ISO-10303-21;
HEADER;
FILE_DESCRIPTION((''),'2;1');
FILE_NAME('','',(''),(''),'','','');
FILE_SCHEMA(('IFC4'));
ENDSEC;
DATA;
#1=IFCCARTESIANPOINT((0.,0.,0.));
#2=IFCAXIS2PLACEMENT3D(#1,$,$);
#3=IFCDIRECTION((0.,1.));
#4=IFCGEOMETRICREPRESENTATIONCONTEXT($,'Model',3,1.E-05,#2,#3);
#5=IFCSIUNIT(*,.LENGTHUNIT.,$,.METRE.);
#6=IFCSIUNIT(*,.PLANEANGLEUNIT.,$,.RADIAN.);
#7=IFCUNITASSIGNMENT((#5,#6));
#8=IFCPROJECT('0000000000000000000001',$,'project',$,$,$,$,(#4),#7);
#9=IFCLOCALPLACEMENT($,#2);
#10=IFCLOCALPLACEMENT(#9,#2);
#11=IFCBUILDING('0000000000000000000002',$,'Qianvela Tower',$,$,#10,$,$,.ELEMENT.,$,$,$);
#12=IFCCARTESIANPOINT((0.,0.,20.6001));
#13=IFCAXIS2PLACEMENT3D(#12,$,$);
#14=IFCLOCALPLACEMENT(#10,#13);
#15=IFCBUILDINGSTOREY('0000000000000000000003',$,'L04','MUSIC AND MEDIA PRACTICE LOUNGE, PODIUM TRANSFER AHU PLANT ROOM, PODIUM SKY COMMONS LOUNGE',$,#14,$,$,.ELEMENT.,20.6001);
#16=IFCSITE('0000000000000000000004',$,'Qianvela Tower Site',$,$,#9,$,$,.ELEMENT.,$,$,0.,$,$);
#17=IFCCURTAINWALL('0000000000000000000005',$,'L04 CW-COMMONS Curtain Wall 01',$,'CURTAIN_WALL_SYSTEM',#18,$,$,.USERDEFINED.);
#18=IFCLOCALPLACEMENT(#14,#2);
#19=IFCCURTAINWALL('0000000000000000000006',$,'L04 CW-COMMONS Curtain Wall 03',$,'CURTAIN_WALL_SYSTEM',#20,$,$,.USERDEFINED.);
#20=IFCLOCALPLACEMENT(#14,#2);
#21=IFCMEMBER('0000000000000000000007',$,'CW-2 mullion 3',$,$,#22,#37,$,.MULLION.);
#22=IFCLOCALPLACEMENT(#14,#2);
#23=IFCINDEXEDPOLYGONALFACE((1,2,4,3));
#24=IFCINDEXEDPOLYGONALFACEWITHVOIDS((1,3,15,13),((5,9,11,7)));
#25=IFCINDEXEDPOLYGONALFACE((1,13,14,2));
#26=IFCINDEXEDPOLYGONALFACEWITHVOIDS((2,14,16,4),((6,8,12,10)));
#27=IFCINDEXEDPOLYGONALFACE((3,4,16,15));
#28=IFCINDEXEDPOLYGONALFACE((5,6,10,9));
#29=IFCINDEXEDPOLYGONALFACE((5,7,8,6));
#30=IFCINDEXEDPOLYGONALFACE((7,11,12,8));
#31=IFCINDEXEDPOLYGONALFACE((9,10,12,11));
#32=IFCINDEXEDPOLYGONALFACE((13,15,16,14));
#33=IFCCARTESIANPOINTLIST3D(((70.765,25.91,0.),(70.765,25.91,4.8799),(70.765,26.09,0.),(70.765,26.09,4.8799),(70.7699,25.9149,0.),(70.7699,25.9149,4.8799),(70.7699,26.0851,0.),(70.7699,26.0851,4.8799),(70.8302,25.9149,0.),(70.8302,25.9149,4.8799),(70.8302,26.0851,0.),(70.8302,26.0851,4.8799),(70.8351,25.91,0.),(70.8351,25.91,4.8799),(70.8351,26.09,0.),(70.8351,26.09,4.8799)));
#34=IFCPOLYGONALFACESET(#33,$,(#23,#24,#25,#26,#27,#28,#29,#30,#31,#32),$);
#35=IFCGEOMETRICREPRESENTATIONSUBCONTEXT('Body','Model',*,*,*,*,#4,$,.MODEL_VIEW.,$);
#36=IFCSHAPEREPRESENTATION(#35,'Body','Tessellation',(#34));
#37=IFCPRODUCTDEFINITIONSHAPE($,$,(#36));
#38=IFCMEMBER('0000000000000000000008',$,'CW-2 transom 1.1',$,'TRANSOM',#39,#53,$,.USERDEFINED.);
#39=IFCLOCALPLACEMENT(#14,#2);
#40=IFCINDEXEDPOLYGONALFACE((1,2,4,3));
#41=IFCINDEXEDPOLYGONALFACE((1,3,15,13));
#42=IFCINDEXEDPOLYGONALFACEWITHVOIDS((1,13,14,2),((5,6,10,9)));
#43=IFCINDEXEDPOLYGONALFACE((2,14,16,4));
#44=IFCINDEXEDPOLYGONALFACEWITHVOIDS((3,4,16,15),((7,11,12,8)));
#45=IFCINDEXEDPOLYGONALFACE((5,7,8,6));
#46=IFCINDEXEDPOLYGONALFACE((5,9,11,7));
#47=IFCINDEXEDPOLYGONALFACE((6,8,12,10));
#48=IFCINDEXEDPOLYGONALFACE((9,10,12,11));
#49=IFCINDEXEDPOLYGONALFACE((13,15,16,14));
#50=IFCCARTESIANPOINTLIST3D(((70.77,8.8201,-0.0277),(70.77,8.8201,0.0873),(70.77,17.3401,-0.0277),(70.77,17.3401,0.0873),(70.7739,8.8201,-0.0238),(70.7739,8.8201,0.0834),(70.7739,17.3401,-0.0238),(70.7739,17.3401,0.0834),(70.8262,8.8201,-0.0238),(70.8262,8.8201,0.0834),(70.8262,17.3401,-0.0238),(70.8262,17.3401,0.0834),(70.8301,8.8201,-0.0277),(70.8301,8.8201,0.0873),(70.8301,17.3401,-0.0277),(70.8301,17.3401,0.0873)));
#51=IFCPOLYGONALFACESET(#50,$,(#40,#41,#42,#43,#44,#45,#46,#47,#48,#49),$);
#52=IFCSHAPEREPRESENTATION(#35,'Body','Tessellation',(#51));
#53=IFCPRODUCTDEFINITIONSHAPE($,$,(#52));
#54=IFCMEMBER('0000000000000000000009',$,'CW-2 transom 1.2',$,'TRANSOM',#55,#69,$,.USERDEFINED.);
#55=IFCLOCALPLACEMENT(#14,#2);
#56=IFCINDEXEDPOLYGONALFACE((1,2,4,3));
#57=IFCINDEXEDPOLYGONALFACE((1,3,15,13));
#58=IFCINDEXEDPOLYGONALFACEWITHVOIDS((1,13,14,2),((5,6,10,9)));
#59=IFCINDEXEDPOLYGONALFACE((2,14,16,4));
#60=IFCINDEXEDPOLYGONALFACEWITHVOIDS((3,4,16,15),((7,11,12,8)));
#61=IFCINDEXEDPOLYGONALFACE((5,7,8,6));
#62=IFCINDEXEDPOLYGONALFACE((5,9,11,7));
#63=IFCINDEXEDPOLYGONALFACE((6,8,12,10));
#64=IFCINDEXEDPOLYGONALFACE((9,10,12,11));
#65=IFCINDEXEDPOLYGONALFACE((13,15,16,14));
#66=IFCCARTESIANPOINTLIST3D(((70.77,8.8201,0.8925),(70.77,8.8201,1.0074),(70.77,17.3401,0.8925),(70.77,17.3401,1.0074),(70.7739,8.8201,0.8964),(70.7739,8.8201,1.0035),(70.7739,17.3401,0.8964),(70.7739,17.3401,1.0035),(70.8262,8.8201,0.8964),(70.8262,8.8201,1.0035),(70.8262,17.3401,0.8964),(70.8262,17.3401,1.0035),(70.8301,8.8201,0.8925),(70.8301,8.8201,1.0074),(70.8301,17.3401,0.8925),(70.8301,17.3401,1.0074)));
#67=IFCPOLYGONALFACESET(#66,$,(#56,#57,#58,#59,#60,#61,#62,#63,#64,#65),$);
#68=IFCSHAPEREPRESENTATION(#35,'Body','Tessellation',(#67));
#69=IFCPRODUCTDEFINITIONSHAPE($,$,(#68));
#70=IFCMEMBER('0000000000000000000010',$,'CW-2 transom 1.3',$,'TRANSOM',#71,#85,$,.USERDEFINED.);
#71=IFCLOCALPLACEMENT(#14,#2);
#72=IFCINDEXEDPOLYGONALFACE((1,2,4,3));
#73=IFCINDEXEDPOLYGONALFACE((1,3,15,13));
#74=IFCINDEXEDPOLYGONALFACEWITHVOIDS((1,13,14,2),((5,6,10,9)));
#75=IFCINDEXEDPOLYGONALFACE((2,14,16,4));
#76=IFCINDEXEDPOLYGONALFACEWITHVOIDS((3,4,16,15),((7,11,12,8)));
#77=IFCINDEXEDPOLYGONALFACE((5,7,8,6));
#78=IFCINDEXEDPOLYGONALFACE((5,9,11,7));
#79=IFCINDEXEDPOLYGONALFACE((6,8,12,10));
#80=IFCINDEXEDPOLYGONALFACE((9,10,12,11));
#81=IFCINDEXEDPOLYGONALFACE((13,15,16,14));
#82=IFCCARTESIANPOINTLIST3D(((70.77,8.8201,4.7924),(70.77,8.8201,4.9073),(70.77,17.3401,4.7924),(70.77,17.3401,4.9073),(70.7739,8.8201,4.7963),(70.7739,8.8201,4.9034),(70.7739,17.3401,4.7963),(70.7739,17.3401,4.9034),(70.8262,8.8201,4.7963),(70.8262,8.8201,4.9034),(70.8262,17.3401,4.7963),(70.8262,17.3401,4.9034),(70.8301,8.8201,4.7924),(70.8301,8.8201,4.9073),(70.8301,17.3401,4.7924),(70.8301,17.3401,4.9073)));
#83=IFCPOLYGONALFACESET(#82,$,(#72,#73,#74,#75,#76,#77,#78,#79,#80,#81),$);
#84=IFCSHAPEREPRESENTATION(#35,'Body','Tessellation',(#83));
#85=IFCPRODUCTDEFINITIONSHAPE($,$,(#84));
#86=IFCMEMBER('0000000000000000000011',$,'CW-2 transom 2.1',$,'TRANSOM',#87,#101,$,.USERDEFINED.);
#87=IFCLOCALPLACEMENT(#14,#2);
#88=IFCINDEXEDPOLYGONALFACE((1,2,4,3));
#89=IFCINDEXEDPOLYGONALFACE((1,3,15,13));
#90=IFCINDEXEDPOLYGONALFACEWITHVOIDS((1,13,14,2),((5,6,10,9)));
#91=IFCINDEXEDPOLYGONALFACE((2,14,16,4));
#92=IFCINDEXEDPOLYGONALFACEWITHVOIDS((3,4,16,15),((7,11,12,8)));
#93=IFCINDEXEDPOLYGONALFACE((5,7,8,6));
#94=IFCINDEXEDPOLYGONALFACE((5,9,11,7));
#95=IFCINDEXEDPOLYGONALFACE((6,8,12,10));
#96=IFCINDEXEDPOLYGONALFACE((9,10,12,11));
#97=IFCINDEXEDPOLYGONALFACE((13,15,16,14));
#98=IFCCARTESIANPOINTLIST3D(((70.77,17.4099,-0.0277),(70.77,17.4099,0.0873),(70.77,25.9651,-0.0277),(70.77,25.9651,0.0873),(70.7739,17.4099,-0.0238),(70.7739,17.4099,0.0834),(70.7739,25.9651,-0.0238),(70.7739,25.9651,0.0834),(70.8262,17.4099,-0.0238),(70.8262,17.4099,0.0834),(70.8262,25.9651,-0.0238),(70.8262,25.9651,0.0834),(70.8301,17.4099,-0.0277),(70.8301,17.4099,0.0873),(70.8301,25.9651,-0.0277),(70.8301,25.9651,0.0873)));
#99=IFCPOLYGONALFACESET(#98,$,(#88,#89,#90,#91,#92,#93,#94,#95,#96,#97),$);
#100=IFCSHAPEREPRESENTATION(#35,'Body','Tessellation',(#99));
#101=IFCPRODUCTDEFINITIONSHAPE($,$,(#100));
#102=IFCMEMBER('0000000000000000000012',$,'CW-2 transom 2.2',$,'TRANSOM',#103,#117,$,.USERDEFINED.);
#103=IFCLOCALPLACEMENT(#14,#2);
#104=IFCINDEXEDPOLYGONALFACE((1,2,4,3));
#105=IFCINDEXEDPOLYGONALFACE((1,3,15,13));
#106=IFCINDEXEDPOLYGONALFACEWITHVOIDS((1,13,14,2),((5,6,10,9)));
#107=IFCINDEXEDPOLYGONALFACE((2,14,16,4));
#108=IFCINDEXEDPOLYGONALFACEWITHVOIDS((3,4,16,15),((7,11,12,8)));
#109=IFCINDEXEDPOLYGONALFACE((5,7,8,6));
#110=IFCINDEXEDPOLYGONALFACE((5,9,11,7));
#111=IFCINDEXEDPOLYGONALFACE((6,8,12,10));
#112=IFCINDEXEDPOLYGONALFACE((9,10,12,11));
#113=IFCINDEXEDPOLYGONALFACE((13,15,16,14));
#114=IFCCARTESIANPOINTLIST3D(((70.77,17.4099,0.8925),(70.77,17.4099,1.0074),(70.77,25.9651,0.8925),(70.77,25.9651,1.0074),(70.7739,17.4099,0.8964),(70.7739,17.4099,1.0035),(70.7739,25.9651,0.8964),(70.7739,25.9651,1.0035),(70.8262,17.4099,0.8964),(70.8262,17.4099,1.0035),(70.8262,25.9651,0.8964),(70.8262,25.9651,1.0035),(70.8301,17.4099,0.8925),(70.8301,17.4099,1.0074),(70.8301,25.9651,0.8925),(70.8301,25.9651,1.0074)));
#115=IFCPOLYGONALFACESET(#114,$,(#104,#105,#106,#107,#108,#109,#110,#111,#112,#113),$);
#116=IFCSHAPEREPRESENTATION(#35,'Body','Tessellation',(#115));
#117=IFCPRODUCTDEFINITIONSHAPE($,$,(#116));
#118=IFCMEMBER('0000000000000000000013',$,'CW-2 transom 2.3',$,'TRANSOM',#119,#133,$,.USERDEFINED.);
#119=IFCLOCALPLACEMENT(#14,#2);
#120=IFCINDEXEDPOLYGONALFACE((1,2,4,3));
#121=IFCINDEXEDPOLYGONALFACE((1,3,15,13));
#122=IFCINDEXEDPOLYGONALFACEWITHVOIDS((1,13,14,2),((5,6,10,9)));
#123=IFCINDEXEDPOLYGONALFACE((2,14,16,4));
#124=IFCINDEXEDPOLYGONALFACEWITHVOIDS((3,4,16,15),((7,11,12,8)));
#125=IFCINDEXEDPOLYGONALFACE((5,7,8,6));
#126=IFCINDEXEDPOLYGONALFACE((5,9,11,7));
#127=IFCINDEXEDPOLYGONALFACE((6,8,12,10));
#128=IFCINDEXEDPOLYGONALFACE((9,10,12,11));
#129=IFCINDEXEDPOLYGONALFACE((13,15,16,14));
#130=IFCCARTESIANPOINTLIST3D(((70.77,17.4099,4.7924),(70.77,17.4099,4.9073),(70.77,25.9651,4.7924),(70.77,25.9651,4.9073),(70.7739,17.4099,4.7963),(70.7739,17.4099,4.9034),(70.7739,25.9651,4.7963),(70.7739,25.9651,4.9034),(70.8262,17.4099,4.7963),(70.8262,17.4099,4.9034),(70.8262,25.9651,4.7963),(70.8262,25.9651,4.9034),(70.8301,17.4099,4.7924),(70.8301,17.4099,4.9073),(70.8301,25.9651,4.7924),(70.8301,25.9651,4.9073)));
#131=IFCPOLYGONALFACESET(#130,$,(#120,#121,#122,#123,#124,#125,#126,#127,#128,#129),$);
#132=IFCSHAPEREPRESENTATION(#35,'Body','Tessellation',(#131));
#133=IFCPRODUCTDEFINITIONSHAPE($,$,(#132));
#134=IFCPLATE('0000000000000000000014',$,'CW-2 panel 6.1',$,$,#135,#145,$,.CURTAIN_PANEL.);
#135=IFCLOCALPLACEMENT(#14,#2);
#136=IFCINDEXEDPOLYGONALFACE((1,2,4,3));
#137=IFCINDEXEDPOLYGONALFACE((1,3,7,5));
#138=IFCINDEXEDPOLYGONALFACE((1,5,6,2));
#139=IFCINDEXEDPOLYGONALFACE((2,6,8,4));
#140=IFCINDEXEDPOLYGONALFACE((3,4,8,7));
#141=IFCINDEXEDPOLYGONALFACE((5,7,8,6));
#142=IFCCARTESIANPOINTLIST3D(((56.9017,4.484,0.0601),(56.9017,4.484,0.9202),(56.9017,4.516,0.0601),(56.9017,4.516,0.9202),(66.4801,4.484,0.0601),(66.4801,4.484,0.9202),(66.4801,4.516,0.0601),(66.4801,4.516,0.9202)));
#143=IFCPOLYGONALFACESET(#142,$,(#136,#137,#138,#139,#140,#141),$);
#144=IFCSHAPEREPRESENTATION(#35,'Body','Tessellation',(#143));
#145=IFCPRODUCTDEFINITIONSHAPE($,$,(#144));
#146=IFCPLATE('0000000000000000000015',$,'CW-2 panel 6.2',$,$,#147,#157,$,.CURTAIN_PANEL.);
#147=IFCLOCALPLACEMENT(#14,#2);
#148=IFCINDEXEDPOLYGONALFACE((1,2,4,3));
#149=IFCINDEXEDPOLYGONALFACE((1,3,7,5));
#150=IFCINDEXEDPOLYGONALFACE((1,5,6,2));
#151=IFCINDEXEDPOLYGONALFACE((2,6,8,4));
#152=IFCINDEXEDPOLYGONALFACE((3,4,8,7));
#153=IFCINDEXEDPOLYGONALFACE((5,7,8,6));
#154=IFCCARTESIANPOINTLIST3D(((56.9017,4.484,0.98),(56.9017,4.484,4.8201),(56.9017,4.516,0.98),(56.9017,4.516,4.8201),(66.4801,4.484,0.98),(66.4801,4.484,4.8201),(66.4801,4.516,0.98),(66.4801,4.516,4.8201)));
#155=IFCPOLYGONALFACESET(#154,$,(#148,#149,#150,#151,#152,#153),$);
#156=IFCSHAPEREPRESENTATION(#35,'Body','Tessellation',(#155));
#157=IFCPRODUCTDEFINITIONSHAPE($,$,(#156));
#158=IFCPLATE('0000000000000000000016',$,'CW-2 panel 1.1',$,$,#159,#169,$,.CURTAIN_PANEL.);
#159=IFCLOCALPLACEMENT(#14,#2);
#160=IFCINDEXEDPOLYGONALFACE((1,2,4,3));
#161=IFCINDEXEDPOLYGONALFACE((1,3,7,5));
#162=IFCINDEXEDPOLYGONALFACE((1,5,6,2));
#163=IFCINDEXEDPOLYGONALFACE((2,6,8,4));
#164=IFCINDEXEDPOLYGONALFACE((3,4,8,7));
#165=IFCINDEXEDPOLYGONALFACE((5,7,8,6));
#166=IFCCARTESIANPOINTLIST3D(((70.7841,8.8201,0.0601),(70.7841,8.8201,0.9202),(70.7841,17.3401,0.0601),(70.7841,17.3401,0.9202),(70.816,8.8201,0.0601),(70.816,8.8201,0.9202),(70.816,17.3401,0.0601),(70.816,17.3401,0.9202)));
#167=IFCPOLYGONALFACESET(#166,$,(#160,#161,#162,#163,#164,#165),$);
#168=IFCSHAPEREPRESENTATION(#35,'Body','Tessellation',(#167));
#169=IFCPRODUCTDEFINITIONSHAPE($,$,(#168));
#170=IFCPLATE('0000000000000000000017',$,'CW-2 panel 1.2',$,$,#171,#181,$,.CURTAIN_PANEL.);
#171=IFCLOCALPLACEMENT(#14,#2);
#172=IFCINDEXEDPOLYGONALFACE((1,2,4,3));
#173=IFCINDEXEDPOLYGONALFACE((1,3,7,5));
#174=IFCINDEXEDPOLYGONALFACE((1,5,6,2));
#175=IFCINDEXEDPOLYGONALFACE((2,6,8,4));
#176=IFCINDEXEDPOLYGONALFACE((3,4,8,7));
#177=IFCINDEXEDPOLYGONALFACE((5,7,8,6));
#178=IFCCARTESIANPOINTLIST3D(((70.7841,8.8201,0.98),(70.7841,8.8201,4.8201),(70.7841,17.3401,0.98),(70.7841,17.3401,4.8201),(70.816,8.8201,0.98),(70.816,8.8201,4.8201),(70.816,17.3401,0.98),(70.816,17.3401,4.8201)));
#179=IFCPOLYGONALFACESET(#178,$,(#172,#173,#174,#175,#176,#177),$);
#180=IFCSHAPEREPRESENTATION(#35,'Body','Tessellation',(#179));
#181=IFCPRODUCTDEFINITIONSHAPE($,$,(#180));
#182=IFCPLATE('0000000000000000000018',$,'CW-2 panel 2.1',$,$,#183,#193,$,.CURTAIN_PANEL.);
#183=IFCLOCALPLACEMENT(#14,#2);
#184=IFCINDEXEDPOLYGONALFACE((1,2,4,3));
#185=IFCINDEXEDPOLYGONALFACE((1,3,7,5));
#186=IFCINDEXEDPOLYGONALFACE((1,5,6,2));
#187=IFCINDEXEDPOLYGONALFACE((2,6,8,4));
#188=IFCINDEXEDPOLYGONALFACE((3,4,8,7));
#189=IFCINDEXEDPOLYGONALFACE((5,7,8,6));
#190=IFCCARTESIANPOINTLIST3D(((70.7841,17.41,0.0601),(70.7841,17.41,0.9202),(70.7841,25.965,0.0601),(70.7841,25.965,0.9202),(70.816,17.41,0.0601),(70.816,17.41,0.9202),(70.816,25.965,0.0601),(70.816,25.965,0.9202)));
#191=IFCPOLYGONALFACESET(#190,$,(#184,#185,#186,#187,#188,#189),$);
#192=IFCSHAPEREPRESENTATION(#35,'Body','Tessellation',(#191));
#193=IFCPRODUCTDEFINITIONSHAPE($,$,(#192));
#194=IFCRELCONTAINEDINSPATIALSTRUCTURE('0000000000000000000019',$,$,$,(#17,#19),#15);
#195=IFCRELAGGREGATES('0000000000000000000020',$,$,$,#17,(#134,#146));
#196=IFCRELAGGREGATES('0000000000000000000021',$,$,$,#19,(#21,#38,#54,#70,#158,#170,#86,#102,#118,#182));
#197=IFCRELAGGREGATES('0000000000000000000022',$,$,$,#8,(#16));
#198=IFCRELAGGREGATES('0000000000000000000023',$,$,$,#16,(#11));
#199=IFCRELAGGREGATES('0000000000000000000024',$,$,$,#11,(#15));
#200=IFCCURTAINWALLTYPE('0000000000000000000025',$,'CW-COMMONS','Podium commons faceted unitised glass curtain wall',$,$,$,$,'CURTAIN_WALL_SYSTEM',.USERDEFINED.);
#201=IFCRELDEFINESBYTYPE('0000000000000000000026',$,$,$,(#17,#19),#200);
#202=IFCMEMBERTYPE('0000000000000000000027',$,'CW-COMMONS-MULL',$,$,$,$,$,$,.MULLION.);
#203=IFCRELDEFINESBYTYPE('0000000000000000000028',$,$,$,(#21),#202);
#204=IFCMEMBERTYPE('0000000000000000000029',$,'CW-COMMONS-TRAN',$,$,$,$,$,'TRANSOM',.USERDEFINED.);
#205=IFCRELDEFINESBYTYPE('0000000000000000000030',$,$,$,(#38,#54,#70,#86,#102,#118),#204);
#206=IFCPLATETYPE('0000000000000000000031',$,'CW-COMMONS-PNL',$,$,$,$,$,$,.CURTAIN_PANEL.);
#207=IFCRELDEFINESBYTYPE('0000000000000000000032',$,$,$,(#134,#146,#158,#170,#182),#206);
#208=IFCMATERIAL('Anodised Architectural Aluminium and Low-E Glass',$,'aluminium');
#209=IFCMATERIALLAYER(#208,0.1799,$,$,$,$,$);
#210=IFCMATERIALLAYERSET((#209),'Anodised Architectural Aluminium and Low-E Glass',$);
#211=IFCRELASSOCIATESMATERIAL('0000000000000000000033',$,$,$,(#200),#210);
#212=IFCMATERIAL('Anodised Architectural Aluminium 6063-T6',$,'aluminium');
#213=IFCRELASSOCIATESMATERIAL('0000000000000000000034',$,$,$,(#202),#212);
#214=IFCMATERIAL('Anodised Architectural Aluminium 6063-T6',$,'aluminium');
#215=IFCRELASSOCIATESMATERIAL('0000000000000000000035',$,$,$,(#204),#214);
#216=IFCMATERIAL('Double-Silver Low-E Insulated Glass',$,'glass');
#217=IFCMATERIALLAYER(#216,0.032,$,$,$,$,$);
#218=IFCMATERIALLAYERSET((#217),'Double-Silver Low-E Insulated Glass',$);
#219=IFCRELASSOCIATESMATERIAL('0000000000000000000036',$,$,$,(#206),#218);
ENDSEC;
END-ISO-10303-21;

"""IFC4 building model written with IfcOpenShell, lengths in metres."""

from ifc_helpers import new_model, si_unit, direction, frame, origin, origin_2d, place, context, subcontext, project, spatial, rectangle, hollow_rectangle, extrude, material, layer, layer_set, material_profile, profile_set, type_object, element, aggregate, save


model = new_model("IFC4")

# Units and contexts
model_context = context("Model", 3, precision=1e-05, world=origin(), true_north=direction((0.0, 1.0)))
body_context = subcontext(model_context, "Body", "Model", "MODEL_VIEW")
ifc_project = project(units=[si_unit("LENGTHUNIT", "METRE"), si_unit("PLANEANGLEUNIT", "RADIAN")], contexts=[model_context])

# Site, building, storey
site_placement = place(None, origin())
site = spatial("IfcSite", under=ifc_project, at=site_placement, Name="Qianvela Tower Site", CompositionType="ELEMENT", RefElevation=0.0)
building_placement = place(site_placement, origin())
building = spatial("IfcBuilding", under=site, at=building_placement, Name="Qianvela Tower", CompositionType="ELEMENT")
storey_placement = place(building_placement, frame((0.0, 0.0, 20.6001)))
storey = spatial("IfcBuildingStorey", under=building, at=storey_placement, Name="L04", Description="MUSIC AND MEDIA PRACTICE LOUNGE, PODIUM TRANSFER AHU PLANT ROOM, PODIUM SKY COMMONS LOUNGE", CompositionType="ELEMENT", Elevation=20.6001)

# Curtain wall
ifc_material_1 = material(Name="Anodised Architectural Aluminium and Low-E Glass", Category="aluminium")
ifc_layer_1 = layer(ifc_material_1, 0.1799)
ifc_layer_set_1 = layer_set([ifc_layer_1], Name="Anodised Architectural Aluminium and Low-E Glass")
curtain_wall_type = type_object("IfcCurtainWallType", Name="CW-COMMONS", Description="Podium commons faceted unitised glass curtain wall", ElementType="CURTAIN_WALL_SYSTEM", PredefinedType="USERDEFINED", material=ifc_layer_set_1)
curtain_wall_1_placement = place(storey_placement, origin())
curtain_wall_1 = element("IfcCurtainWall", 1, at=curtain_wall_1_placement, inside=storey, type_object=curtain_wall_type, Name="L04 CW-COMMONS Curtain Wall 01", ObjectType="CURTAIN_WALL_SYSTEM", PredefinedType="USERDEFINED")
ifc_material_2 = material(Name="Anodised Architectural Aluminium 6063-T6", Category="aluminium")
ifc_material_profile_1 = material_profile(ifc_material_2, hollow_rectangle(XDim=0.0701, YDim=0.1799, WallThickness=0.0049, at=origin_2d()), Name="ALU-MULL-70x180")
ifc_profile_set_1 = profile_set([ifc_material_profile_1], Name="Anodised Architectural Aluminium 6063-T6")
member_type_1 = type_object("IfcMemberType", Name="CW-COMMONS-MULL", PredefinedType="MULLION", material=ifc_profile_set_1)

# Curtain wall, members
curtain_wall_2_placement = place(storey_placement, origin())
curtain_wall_2 = element("IfcCurtainWall", 2, at=curtain_wall_2_placement, inside=storey, type_object=curtain_wall_type, Name="L04 CW-COMMONS Curtain Wall 03", ObjectType="CURTAIN_WALL_SYSTEM", PredefinedType="USERDEFINED")
member_1_placement = place(storey_placement, frame((70.8, 26.0, 0.0), z_axis=(0.0, 0.0, 1.0), x_axis=(-1.0, 0.0, 0.0)))
member_1 = element("IfcMember", 3, at=member_1_placement, type_object=member_type_1, Name="CW-2 mullion 3", PredefinedType="MULLION", context=body_context, shape_type="SweptSolid", body=[
    extrude(hollow_rectangle(XDim=0.0701, YDim=0.1799, WallThickness=0.0049, at=origin_2d()), origin(), (0.0, 0.0, 1.0), 4.8799),
])
ifc_material_3 = material(Name="Anodised Architectural Aluminium 6063-T6", Category="aluminium")
ifc_material_profile_2 = material_profile(ifc_material_3, hollow_rectangle(XDim=0.0601, YDim=0.115, WallThickness=0.0039, at=origin_2d()), Name="ALU-TRAN-60x115")
ifc_profile_set_2 = profile_set([ifc_material_profile_2], Name="Anodised Architectural Aluminium 6063-T6")
member_type_2 = type_object("IfcMemberType", Name="CW-COMMONS-TRAN", ElementType="TRANSOM", PredefinedType="USERDEFINED", material=ifc_profile_set_2)
member_2_placement = place(storey_placement, frame((70.8, 8.8201, 0.0298), z_axis=(0.0, 1.0, 0.0), x_axis=(-1.0, 0.0, 0.0)))
member_2 = element("IfcMember", 4, at=member_2_placement, type_object=member_type_2, Name="CW-2 transom 1.1", ObjectType="TRANSOM", PredefinedType="USERDEFINED", context=body_context, shape_type="SweptSolid", body=[
    extrude(hollow_rectangle(XDim=0.0601, YDim=0.115, WallThickness=0.0039, at=origin_2d()), origin(), (0.0, 0.0, 1.0), 8.52),
])
member_3_placement = place(storey_placement, frame((70.8, 8.8201, 0.95), z_axis=(0.0, 1.0, 0.0), x_axis=(-1.0, 0.0, 0.0)))
member_3 = element("IfcMember", 5, at=member_3_placement, type_object=member_type_2, Name="CW-2 transom 1.2", ObjectType="TRANSOM", PredefinedType="USERDEFINED", context=body_context, shape_type="SweptSolid", body=[
    extrude(hollow_rectangle(XDim=0.0601, YDim=0.115, WallThickness=0.0039, at=origin_2d()), origin(), (0.0, 0.0, 1.0), 8.52),
])
member_4_placement = place(storey_placement, frame((70.8, 8.8201, 4.8499), z_axis=(0.0, 1.0, 0.0), x_axis=(-1.0, 0.0, 0.0)))
member_4 = element("IfcMember", 6, at=member_4_placement, type_object=member_type_2, Name="CW-2 transom 1.3", ObjectType="TRANSOM", PredefinedType="USERDEFINED", context=body_context, shape_type="SweptSolid", body=[
    extrude(hollow_rectangle(XDim=0.0601, YDim=0.115, WallThickness=0.0039, at=origin_2d()), origin(), (0.0, 0.0, 1.0), 8.52),
])
member_5_placement = place(storey_placement, frame((70.8, 17.4099, 0.0298), z_axis=(0.0, 1.0, 0.0), x_axis=(-1.0, 0.0, 0.0)))
member_5 = element("IfcMember", 7, at=member_5_placement, type_object=member_type_2, Name="CW-2 transom 2.1", ObjectType="TRANSOM", PredefinedType="USERDEFINED", context=body_context, shape_type="SweptSolid", body=[
    extrude(hollow_rectangle(XDim=0.0601, YDim=0.115, WallThickness=0.0039, at=origin_2d()), origin(), (0.0, 0.0, 1.0), 8.5552),
])
member_6_placement = place(storey_placement, frame((70.8, 17.4099, 0.95), z_axis=(0.0, 1.0, 0.0), x_axis=(-1.0, 0.0, 0.0)))
member_6 = element("IfcMember", 8, at=member_6_placement, type_object=member_type_2, Name="CW-2 transom 2.2", ObjectType="TRANSOM", PredefinedType="USERDEFINED", context=body_context, shape_type="SweptSolid", body=[
    extrude(hollow_rectangle(XDim=0.0601, YDim=0.115, WallThickness=0.0039, at=origin_2d()), origin(), (0.0, 0.0, 1.0), 8.5552),
])
member_7_placement = place(storey_placement, frame((70.8, 17.4099, 4.8499), z_axis=(0.0, 1.0, 0.0), x_axis=(-1.0, 0.0, 0.0)))
member_7 = element("IfcMember", 9, at=member_7_placement, type_object=member_type_2, Name="CW-2 transom 2.3", ObjectType="TRANSOM", PredefinedType="USERDEFINED", context=body_context, shape_type="SweptSolid", body=[
    extrude(hollow_rectangle(XDim=0.0601, YDim=0.115, WallThickness=0.0039, at=origin_2d()), origin(), (0.0, 0.0, 1.0), 8.5552),
])

# Plates
ifc_material_4 = material(Name="Double-Silver Low-E Insulated Glass", Category="glass")
ifc_layer_2 = layer(ifc_material_4, 0.032)
ifc_layer_set_2 = layer_set([ifc_layer_2], Name="Double-Silver Low-E Insulated Glass")
plate_type = type_object("IfcPlateType", Name="CW-COMMONS-PNL", PredefinedType="CURTAIN_PANEL", material=ifc_layer_set_2)
plate_1_placement = place(storey_placement, frame((61.6909, 4.5, 0.0601), z_axis=(0.0, 0.0, 1.0), x_axis=(1.0, 0.0, 0.0)))
plate_1 = element("IfcPlate", 10, at=plate_1_placement, type_object=plate_type, Name="CW-2 panel 6.1", PredefinedType="CURTAIN_PANEL", context=body_context, shape_type="SweptSolid", body=[
    extrude(rectangle(XDim=9.5784, YDim=0.032, at=origin_2d()), origin(), (0.0, 0.0, 1.0), 0.8601),
])
plate_2_placement = place(storey_placement, frame((61.6909, 4.5, 0.98), z_axis=(0.0, 0.0, 1.0), x_axis=(1.0, 0.0, 0.0)))
plate_2 = element("IfcPlate", 11, at=plate_2_placement, type_object=plate_type, Name="CW-2 panel 6.2", PredefinedType="CURTAIN_PANEL", context=body_context, shape_type="SweptSolid", body=[
    extrude(rectangle(XDim=9.5784, YDim=0.032, at=origin_2d()), origin(), (0.0, 0.0, 1.0), 3.8401),
])
aggregate(curtain_wall_1, [plate_1, plate_2])
plate_3_placement = place(storey_placement, frame((70.8, 13.0801, 0.0601), z_axis=(0.0, 0.0, 1.0), x_axis=(0.0, 1.0, 0.0)))
plate_3 = element("IfcPlate", 12, at=plate_3_placement, type_object=plate_type, Name="CW-2 panel 1.1", PredefinedType="CURTAIN_PANEL", context=body_context, shape_type="SweptSolid", body=[
    extrude(rectangle(XDim=8.52, YDim=0.032, at=origin_2d()), origin(), (0.0, 0.0, 1.0), 0.8601),
])
plate_4_placement = place(storey_placement, frame((70.8, 13.0801, 0.98), z_axis=(0.0, 0.0, 1.0), x_axis=(0.0, 1.0, 0.0)))
plate_4 = element("IfcPlate", 13, at=plate_4_placement, type_object=plate_type, Name="CW-2 panel 1.2", PredefinedType="CURTAIN_PANEL", context=body_context, shape_type="SweptSolid", body=[
    extrude(rectangle(XDim=8.52, YDim=0.032, at=origin_2d()), origin(), (0.0, 0.0, 1.0), 3.8401),
])
plate_5_placement = place(storey_placement, frame((70.8, 21.6875, 0.0601), z_axis=(0.0, 0.0, 1.0), x_axis=(0.0, 1.0, 0.0)))
plate_5 = element("IfcPlate", 14, at=plate_5_placement, type_object=plate_type, Name="CW-2 panel 2.1", PredefinedType="CURTAIN_PANEL", context=body_context, shape_type="SweptSolid", body=[
    extrude(rectangle(XDim=8.5549, YDim=0.032, at=origin_2d()), origin(), (0.0, 0.0, 1.0), 0.8601),
])
aggregate(curtain_wall_2, [member_1, member_2, member_3, member_4, plate_3, plate_4, member_5, member_6, member_7, plate_5])

save(model, "model.ifc")
